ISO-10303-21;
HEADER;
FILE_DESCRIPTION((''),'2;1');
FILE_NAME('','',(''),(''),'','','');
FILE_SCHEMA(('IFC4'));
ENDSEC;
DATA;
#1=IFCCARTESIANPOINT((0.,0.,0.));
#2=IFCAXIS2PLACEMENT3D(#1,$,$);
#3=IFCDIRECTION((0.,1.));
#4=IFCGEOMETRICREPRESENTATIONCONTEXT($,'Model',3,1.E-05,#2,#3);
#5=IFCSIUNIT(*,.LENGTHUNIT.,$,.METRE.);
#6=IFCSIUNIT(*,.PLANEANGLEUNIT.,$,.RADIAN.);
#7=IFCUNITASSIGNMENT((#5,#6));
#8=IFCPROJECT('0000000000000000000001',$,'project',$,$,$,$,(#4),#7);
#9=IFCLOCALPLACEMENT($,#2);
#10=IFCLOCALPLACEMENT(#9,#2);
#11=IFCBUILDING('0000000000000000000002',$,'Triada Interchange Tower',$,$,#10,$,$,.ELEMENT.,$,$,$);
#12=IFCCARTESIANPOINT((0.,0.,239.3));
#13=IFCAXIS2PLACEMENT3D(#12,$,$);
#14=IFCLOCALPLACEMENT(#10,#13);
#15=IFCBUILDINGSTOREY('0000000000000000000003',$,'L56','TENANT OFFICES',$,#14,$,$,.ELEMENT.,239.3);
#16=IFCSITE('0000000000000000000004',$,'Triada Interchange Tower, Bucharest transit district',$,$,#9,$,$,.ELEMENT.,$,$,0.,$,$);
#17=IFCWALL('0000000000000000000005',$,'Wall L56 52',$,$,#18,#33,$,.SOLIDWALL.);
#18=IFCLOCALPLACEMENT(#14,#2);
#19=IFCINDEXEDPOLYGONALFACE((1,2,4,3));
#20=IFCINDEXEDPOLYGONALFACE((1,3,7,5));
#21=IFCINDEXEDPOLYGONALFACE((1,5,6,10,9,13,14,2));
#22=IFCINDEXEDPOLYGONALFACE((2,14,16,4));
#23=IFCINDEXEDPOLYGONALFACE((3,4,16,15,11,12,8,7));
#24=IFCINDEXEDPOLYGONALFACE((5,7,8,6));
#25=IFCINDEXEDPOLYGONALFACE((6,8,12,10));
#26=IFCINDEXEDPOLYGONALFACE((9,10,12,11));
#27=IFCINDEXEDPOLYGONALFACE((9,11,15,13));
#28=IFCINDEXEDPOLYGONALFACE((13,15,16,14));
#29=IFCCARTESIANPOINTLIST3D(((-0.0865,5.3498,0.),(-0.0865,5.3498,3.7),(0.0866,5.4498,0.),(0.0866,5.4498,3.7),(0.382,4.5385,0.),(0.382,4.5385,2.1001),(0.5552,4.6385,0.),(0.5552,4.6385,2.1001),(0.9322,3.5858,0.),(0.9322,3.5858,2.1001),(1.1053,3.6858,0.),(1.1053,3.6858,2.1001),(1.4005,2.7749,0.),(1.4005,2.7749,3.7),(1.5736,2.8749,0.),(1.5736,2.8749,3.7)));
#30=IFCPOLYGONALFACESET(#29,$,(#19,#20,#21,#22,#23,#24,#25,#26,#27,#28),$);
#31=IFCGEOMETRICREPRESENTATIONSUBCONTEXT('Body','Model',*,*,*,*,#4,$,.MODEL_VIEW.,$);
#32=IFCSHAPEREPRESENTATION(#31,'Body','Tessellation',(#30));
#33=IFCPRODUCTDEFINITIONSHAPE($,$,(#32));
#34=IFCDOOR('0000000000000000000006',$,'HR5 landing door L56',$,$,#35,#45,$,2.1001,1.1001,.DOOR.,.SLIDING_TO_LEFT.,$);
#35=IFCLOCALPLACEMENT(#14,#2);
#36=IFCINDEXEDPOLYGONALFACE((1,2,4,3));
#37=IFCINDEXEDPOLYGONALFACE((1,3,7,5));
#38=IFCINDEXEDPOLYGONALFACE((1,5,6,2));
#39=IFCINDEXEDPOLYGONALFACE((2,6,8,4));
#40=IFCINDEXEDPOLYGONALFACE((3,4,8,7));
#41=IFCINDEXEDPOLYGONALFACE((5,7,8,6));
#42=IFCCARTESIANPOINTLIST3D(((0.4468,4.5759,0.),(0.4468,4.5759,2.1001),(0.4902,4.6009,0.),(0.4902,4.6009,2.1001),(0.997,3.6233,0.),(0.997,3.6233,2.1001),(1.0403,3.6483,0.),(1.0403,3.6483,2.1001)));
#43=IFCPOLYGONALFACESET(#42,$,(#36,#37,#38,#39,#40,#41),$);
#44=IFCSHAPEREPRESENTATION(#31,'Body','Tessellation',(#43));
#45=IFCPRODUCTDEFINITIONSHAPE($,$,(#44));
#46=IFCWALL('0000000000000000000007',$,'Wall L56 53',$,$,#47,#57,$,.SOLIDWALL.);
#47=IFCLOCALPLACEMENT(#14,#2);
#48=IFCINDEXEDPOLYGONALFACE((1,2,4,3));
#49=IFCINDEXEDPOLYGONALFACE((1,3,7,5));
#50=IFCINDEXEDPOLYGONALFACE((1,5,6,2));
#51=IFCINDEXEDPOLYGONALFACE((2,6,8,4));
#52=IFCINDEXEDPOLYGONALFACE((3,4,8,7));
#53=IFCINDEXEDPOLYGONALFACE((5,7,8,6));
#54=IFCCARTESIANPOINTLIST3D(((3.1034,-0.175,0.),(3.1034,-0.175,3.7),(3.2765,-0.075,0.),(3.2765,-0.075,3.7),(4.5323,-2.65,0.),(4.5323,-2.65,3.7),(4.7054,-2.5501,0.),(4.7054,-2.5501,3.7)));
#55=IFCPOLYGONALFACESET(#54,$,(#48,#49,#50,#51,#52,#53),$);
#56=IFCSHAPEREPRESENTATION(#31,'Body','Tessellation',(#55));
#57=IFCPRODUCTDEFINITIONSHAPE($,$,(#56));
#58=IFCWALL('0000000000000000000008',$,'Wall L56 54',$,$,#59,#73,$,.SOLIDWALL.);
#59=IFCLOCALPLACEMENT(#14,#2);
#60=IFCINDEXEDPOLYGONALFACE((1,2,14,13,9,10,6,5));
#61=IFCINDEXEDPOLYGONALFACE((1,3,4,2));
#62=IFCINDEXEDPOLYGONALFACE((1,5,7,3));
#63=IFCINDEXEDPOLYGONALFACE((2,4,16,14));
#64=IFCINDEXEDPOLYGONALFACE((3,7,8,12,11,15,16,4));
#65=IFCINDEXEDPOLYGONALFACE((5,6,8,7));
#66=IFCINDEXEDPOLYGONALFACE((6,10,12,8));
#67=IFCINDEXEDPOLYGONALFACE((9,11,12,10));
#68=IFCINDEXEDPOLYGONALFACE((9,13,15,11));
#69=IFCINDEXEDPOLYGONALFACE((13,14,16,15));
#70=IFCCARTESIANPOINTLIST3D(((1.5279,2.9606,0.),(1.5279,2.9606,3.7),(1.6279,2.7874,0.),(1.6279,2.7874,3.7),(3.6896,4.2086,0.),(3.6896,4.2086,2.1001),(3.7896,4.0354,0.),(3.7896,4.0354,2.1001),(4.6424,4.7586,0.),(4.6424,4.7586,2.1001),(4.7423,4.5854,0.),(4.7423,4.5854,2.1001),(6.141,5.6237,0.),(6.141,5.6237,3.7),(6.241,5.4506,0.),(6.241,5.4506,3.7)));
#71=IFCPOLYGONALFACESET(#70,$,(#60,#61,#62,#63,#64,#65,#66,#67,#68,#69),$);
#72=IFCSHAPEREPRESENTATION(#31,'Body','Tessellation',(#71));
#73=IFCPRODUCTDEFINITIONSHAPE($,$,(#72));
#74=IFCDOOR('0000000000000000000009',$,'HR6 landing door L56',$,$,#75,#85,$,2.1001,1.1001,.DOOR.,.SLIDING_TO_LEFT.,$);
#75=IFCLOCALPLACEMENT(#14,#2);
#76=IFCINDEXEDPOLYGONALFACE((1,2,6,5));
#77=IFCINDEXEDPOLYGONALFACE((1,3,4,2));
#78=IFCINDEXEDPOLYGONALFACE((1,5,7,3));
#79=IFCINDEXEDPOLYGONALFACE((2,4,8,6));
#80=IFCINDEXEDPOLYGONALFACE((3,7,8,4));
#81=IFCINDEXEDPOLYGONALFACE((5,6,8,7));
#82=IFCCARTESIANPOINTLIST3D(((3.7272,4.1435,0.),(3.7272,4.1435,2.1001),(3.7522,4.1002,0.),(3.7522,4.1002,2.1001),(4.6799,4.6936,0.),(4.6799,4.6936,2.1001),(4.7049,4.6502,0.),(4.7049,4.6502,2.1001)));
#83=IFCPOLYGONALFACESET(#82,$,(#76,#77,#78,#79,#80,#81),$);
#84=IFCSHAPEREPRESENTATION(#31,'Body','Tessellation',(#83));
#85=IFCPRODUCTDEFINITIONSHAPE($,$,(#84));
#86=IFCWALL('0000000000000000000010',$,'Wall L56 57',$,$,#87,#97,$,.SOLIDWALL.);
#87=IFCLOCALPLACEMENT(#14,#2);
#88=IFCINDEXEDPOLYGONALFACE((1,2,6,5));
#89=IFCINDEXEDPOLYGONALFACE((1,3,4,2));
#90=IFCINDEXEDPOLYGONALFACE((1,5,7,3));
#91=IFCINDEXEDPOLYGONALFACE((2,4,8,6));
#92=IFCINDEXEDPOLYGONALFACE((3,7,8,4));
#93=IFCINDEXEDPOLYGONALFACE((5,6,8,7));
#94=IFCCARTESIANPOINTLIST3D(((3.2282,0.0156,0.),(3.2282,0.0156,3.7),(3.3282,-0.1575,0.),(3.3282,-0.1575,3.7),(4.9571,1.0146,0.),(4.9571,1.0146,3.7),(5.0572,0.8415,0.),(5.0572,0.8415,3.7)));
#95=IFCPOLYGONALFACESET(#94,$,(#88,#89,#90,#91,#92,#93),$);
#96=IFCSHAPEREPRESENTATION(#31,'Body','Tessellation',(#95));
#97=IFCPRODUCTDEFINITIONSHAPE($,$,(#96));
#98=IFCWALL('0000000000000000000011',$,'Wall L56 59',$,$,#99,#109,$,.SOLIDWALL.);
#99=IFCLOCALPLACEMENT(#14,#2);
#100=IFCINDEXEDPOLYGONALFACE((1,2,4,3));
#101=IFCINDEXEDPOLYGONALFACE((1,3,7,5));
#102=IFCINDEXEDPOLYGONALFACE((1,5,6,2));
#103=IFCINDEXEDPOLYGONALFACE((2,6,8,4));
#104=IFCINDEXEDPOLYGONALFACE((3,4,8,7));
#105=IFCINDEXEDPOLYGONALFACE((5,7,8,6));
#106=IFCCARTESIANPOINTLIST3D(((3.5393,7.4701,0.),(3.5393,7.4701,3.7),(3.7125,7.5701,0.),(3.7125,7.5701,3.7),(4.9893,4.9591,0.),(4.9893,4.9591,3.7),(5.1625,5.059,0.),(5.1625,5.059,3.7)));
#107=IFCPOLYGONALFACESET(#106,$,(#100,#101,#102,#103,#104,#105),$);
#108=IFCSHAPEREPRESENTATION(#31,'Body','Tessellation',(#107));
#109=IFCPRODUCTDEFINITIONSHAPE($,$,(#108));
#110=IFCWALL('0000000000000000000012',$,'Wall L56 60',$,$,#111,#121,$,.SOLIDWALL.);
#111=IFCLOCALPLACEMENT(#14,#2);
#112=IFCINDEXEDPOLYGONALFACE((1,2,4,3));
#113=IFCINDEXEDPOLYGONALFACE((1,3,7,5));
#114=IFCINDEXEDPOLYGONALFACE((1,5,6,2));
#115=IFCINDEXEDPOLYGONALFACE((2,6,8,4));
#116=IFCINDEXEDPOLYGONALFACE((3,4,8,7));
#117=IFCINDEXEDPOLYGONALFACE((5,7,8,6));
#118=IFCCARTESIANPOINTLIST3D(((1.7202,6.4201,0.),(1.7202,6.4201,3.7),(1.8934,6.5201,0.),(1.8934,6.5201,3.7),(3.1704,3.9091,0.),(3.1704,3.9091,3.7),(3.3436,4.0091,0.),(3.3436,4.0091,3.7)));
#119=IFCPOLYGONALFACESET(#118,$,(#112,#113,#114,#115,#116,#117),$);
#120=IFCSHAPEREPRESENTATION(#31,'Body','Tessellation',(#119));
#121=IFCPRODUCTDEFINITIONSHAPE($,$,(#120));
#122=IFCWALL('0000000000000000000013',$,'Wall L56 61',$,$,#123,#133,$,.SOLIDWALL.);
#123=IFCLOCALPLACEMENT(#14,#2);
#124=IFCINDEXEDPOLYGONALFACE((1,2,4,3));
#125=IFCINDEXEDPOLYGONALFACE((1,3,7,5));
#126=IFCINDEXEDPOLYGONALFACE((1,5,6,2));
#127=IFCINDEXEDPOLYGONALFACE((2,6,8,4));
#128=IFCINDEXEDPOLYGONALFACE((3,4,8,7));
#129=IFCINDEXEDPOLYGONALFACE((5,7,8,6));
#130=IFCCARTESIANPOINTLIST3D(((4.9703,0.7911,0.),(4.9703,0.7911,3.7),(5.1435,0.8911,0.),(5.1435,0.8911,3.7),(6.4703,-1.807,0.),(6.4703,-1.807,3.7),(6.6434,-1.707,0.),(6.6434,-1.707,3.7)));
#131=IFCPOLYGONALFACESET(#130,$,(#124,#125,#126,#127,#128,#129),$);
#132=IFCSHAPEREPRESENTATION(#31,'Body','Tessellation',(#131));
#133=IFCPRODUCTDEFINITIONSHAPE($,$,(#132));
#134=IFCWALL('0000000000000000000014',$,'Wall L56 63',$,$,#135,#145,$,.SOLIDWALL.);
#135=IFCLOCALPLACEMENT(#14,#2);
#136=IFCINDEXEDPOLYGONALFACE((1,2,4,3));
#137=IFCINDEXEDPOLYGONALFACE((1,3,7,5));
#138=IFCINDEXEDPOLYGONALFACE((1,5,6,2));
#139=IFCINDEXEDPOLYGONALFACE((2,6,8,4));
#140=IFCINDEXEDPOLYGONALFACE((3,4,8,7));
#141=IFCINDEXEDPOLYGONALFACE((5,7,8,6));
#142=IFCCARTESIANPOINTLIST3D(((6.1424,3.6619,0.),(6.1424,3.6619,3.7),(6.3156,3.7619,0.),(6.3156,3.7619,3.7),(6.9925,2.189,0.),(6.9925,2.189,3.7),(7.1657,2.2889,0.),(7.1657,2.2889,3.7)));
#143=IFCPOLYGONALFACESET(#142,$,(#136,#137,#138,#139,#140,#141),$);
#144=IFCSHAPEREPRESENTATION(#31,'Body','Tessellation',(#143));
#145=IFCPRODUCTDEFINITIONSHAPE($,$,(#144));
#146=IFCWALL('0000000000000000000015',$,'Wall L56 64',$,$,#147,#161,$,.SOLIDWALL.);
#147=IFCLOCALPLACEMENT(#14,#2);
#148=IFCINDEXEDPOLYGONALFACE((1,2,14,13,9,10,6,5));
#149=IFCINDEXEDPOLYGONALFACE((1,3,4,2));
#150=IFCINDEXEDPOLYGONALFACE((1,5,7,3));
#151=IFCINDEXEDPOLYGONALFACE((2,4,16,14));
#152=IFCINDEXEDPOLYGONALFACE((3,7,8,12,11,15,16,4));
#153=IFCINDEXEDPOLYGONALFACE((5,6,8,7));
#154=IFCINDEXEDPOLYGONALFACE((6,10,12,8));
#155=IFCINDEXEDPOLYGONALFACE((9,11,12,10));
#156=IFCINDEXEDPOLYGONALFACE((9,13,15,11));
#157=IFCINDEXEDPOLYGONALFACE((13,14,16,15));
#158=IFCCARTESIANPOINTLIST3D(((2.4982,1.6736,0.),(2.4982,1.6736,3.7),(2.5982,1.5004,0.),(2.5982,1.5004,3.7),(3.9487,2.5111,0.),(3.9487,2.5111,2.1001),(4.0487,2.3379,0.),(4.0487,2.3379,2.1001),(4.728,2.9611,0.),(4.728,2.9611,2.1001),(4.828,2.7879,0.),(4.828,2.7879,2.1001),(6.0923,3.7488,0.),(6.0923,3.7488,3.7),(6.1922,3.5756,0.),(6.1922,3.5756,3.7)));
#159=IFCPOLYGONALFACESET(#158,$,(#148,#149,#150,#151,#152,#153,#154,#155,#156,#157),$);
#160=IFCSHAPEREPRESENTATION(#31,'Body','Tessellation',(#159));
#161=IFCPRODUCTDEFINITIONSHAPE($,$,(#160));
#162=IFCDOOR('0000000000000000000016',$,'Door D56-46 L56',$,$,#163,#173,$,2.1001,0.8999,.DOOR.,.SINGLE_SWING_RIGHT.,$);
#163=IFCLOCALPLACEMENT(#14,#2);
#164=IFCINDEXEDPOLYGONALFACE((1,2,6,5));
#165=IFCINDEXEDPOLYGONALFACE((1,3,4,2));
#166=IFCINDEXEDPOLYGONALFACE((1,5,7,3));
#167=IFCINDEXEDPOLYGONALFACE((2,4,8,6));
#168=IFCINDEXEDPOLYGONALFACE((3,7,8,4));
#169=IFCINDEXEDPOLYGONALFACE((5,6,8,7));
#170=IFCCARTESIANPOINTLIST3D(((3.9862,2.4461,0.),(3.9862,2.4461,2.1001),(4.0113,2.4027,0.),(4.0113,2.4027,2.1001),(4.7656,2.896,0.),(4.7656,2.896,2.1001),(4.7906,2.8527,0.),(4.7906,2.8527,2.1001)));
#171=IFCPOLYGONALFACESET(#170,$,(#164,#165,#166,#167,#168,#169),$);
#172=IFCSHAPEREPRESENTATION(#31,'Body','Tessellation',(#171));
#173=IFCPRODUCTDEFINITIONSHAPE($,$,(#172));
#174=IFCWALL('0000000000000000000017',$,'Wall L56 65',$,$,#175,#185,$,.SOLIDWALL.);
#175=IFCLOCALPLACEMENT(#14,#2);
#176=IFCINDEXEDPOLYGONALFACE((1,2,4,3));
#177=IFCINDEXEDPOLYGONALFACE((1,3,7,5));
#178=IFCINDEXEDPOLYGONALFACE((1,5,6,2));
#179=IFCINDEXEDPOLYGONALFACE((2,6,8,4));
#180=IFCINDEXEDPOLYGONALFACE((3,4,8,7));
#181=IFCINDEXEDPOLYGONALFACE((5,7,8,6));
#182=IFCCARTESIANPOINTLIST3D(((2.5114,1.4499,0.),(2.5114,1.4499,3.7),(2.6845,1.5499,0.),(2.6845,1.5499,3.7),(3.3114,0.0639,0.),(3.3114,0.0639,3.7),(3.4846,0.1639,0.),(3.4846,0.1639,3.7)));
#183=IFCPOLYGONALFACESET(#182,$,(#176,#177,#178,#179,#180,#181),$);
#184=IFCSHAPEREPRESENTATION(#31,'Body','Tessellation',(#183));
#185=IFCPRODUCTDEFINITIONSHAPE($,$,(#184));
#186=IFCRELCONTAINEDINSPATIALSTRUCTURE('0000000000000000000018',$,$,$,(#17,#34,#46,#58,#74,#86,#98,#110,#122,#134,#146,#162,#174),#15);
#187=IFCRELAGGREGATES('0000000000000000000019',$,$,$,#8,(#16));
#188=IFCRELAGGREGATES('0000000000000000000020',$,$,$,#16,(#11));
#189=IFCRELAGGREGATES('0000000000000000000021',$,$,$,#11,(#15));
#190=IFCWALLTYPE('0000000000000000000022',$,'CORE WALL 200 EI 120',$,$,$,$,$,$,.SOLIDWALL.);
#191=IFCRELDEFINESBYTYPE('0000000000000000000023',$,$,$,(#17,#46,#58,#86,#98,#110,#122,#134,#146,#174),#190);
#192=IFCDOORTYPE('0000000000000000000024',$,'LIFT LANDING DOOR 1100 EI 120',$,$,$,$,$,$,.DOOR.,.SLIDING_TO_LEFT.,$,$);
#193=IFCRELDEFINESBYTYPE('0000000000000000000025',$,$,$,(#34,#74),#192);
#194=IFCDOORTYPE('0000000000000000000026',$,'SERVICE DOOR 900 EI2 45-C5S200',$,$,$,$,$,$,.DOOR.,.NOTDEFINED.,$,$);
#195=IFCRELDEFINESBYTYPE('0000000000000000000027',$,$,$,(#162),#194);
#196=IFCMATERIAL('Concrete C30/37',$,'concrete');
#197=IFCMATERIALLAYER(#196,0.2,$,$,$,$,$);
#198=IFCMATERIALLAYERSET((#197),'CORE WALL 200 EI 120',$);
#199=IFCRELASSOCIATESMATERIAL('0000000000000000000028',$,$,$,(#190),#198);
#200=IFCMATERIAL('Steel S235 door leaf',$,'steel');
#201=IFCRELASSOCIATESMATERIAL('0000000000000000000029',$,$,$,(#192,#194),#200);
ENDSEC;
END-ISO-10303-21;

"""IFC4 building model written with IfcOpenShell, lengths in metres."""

from ifc_helpers import new_model, si_unit, direction, frame, frame_2d, origin, place, context, subcontext, project, spatial, rectangle, extrude, material, layer, layer_set, type_object, element, fill, save


model = new_model("IFC4")

# Units and contexts
model_context = context("Model", 3, precision=1e-05, world=origin(), true_north=direction((0.0, 1.0)))
body_context = subcontext(model_context, "Body", "Model", "MODEL_VIEW")
ifc_project = project(units=[si_unit("LENGTHUNIT", "METRE"), si_unit("PLANEANGLEUNIT", "RADIAN")], contexts=[model_context])

# Site, building, storey
site_placement = place(None, origin())
site = spatial("IfcSite", under=ifc_project, at=site_placement, Name="Triada Interchange Tower, Bucharest transit district", CompositionType="ELEMENT", RefElevation=0.0)
building_placement = place(site_placement, origin())
building = spatial("IfcBuilding", under=site, at=building_placement, Name="Triada Interchange Tower", CompositionType="ELEMENT")
storey_placement = place(building_placement, frame((0.0, 0.0, 239.3)))
storey = spatial("IfcBuildingStorey", under=building, at=storey_placement, Name="L56", Description="TENANT OFFICES", CompositionType="ELEMENT", Elevation=239.3)

# Wall, opening, door
ifc_material_1 = material(Name="Concrete C30/37", Category="concrete")
ifc_layer_1 = layer(ifc_material_1, 0.2)
ifc_layer_set_1 = layer_set([ifc_layer_1], Name="CORE WALL 200 EI 120")
wall_type_1 = type_object("IfcWallType", Name="CORE WALL 200 EI 120", PredefinedType="SOLIDWALL", material=ifc_layer_set_1)
ifc_material_2 = material(Name="Steel S235 door leaf", Category="steel")
door_type_1 = type_object("IfcDoorType", Name="LIFT LANDING DOOR 1100 EI 120", OperationType="SLIDING_TO_LEFT", PredefinedType="DOOR", material=ifc_material_2)
wall_1_placement = place(storey_placement, frame((0.0, 5.3999, 0.0), z_axis=(0.0, 0.0, 1.0), x_axis=(0.500104, -0.865965, 0.0)))
wall_1 = element("IfcWall", 1, at=wall_1_placement, inside=storey, type_object=wall_type_1, Name="Wall L56 52", PredefinedType="SOLIDWALL", context=body_context, shape_type="SweptSolid", body=[
    extrude(rectangle(XDim=2.9734, YDim=0.2, at=frame_2d((1.4868, 0.0))), origin(), (0.0, 0.0, 1.0), 3.7),
])
opening_1_placement = place(wall_1_placement, frame((0.937, 0.0, 0.0)))
opening_1 = element("IfcOpeningElement", 2, at=opening_1_placement, cuts=wall_1, PredefinedType="OPENING", context=body_context, shape_type="SweptSolid", body=[
    extrude(rectangle(XDim=1.1001, YDim=2.1001, at=frame_2d((0.55, 1.05))), frame((0.0, 0.1099, 0.0), z_axis=(0.0, -1.0, 0.0), x_axis=(1.0, 0.0, 0.0)), (0.0, 0.0, 1.0), 0.22),
])
door_1_placement = place(opening_1_placement, origin())
door_1 = element("IfcDoor", 3, at=door_1_placement, inside=storey, type_object=door_type_1, Name="HR5 landing door L56", OperationType="SLIDING_TO_LEFT", OverallHeight=2.1001, OverallWidth=1.1001, PredefinedType="DOOR", context=body_context, shape_type="SweptSolid", body=[
    extrude(rectangle(XDim=1.1001, YDim=2.1001, at=frame_2d((0.55, 1.05))), frame((0.0, 0.0249, 0.0), z_axis=(0.0, -1.0, 0.0), x_axis=(1.0, 0.0, 0.0)), (0.0, 0.0, 1.0), 0.05),
])
fill(opening_1, door_1)

# Wall
wall_2_placement = place(storey_placement, frame((3.1899, -0.125, 0.0), z_axis=(0.0, 0.0, 1.0), x_axis=(0.499989, -0.866032, 0.0)))
element("IfcWall", 4, at=wall_2_placement, inside=storey, type_object=wall_type_1, Name="Wall L56 53", PredefinedType="SOLIDWALL", context=body_context, shape_type="SweptSolid", body=[
    extrude(rectangle(XDim=2.8579, YDim=0.2, at=frame_2d((1.429, 0.0))), origin(), (0.0, 0.0, 1.0), 3.7),
])

# Wall, opening, door
wall_3_placement = place(storey_placement, frame((1.5779, 2.874, 0.0), z_axis=(0.0, 0.0, 1.0), x_axis=(0.866046, 0.499964, 0.0)))
wall_3 = element("IfcWall", 5, at=wall_3_placement, inside=storey, type_object=wall_type_1, Name="Wall L56 54", PredefinedType="SOLIDWALL", context=body_context, shape_type="SweptSolid", body=[
    extrude(rectangle(XDim=5.3267, YDim=0.2, at=frame_2d((2.6633, 0.0))), origin(), (0.0, 0.0, 1.0), 3.7),
])
opening_2_placement = place(wall_3_placement, frame((2.4961, 0.0, 0.0)))
opening_2 = element("IfcOpeningElement", 6, at=opening_2_placement, cuts=wall_3, PredefinedType="OPENING", context=body_context, shape_type="SweptSolid", body=[
    extrude(rectangle(XDim=1.1001, YDim=2.1001, at=frame_2d((0.55, 1.05))), frame((0.0, 0.1099, 0.0), z_axis=(0.0, -1.0, 0.0), x_axis=(1.0, 0.0, 0.0)), (0.0, 0.0, 1.0), 0.22),
])
door_2_placement = place(opening_2_placement, origin())
door_2 = element("IfcDoor", 7, at=door_2_placement, inside=storey, type_object=door_type_1, Name="HR6 landing door L56", OperationType="SLIDING_TO_LEFT", OverallHeight=2.1001, OverallWidth=1.1001, PredefinedType="DOOR", context=body_context, shape_type="SweptSolid", body=[
    extrude(rectangle(XDim=1.1001, YDim=2.1001, at=frame_2d((0.55, 1.05))), frame((0.0, 0.0249, 0.0), z_axis=(0.0, -1.0, 0.0), x_axis=(1.0, 0.0, 0.0)), (0.0, 0.0, 1.0), 0.05),
])
fill(opening_2, door_2)

# Walls
wall_4_placement = place(storey_placement, frame((3.2781, -0.071, 0.0), z_axis=(0.0, 0.0, 1.0), x_axis=(0.865856, 0.500294, 0.0)))
element("IfcWall", 8, at=wall_4_placement, inside=storey, type_object=wall_type_1, Name="Wall L56 57", PredefinedType="SOLIDWALL", context=body_context, shape_type="SweptSolid", body=[
    extrude(rectangle(XDim=1.9968, YDim=0.2, at=frame_2d((0.9985, 0.0))), origin(), (0.0, 0.0, 1.0), 3.7),
])
for number, where, z_axis, x_axis, name in (
    (9, (3.626, 7.52, 0.0), (0.0, 0.0, 1.0), (0.50006, -0.865991, 0.0), "Wall L56 59"),
    (10, (1.8069, 6.47, 0.0), (0.0, 0.0, 1.0), (0.500123, -0.865954, 0.0), "Wall L56 60"),
):
    element("IfcWall", number, at=place(storey_placement, frame(where, z_axis=z_axis, x_axis=x_axis)), inside=storey, type_object=wall_type_1, Name=name, PredefinedType="SOLIDWALL", context=body_context, shape_type="SweptSolid", body=[
        extrude(rectangle(XDim=2.8997, YDim=0.2, at=frame_2d((1.4497, 0.0))), origin(), (0.0, 0.0, 1.0), 3.7),
    ])
wall_5_placement = place(storey_placement, frame((5.0569, 0.8411, 0.0), z_axis=(0.0, 0.0, 1.0), x_axis=(0.49999, -0.866031, 0.0)))
element("IfcWall", 11, at=wall_5_placement, inside=storey, type_object=wall_type_1, Name="Wall L56 61", PredefinedType="SOLIDWALL", context=body_context, shape_type="SweptSolid", body=[
    extrude(rectangle(XDim=3.0, YDim=0.2, at=frame_2d((1.5, 0.0))), origin(), (0.0, 0.0, 1.0), 3.7),
])
wall_6_placement = place(storey_placement, frame((6.229, 3.7119, 0.0), z_axis=(0.0, 0.0, 1.0), x_axis=(0.499876, -0.866097, 0.0)))
element("IfcWall", 12, at=wall_6_placement, inside=storey, type_object=wall_type_1, Name="Wall L56 63", PredefinedType="SOLIDWALL", context=body_context, shape_type="SweptSolid", body=[
    extrude(rectangle(XDim=1.7007, YDim=0.2, at=frame_2d((0.8503, 0.0))), origin(), (0.0, 0.0, 1.0), 3.7),
])

# Wall, opening, door
wall_7_placement = place(storey_placement, frame((2.5481, 1.5869, 0.0), z_axis=(0.0, 0.0, 1.0), x_axis=(0.866004, 0.500036, 0.0)))
wall_7 = element("IfcWall", 13, at=wall_7_placement, inside=storey, type_object=wall_type_1, Name="Wall L56 64", PredefinedType="SOLIDWALL", context=body_context, shape_type="SweptSolid", body=[
    extrude(rectangle(XDim=4.1501, YDim=0.2, at=frame_2d((2.0752, 0.0))), origin(), (0.0, 0.0, 1.0), 3.7),
])
opening_3_placement = place(wall_7_placement, frame((1.675, 0.0, 0.0)))
opening_3 = element("IfcOpeningElement", 14, at=opening_3_placement, cuts=wall_7, PredefinedType="OPENING", context=body_context, shape_type="SweptSolid", body=[
    extrude(rectangle(XDim=0.8999, YDim=2.1001, at=frame_2d((0.45, 1.05))), frame((0.0, 0.1099, 0.0), z_axis=(0.0, -1.0, 0.0), x_axis=(1.0, 0.0, 0.0)), (0.0, 0.0, 1.0), 0.22),
])
door_type_2 = type_object("IfcDoorType", Name="SERVICE DOOR 900 EI2 45-C5S200", OperationType="NOTDEFINED", PredefinedType="DOOR", material=ifc_material_2)
door_3_placement = place(opening_3_placement, origin())
door_3 = element("IfcDoor", 15, at=door_3_placement, inside=storey, type_object=door_type_2, Name="Door D56-46 L56", OperationType="SINGLE_SWING_RIGHT", OverallHeight=2.1001, OverallWidth=0.8999, PredefinedType="DOOR", context=body_context, shape_type="SweptSolid", body=[
    extrude(rectangle(XDim=0.8999, YDim=2.1001, at=frame_2d((0.45, 1.05))), frame((0.0, 0.0249, 0.0), z_axis=(0.0, -1.0, 0.0), x_axis=(1.0, 0.0, 0.0)), (0.0, 0.0, 1.0), 0.05),
])
fill(opening_3, door_3)

# Wall
wall_8_placement = place(storey_placement, frame((2.5979, 1.5, 0.0), z_axis=(0.0, 0.0, 1.0), x_axis=(0.499929, -0.866066, 0.0)))
element("IfcWall", 16, at=wall_8_placement, inside=storey, type_object=wall_type_1, Name="Wall L56 65", PredefinedType="SOLIDWALL", context=body_context, shape_type="SweptSolid", body=[
    extrude(rectangle(XDim=1.6003, YDim=0.2, at=frame_2d((0.8003, 0.0))), origin(), (0.0, 0.0, 1.0), 3.7),
])

save(model, "model.ifc")
